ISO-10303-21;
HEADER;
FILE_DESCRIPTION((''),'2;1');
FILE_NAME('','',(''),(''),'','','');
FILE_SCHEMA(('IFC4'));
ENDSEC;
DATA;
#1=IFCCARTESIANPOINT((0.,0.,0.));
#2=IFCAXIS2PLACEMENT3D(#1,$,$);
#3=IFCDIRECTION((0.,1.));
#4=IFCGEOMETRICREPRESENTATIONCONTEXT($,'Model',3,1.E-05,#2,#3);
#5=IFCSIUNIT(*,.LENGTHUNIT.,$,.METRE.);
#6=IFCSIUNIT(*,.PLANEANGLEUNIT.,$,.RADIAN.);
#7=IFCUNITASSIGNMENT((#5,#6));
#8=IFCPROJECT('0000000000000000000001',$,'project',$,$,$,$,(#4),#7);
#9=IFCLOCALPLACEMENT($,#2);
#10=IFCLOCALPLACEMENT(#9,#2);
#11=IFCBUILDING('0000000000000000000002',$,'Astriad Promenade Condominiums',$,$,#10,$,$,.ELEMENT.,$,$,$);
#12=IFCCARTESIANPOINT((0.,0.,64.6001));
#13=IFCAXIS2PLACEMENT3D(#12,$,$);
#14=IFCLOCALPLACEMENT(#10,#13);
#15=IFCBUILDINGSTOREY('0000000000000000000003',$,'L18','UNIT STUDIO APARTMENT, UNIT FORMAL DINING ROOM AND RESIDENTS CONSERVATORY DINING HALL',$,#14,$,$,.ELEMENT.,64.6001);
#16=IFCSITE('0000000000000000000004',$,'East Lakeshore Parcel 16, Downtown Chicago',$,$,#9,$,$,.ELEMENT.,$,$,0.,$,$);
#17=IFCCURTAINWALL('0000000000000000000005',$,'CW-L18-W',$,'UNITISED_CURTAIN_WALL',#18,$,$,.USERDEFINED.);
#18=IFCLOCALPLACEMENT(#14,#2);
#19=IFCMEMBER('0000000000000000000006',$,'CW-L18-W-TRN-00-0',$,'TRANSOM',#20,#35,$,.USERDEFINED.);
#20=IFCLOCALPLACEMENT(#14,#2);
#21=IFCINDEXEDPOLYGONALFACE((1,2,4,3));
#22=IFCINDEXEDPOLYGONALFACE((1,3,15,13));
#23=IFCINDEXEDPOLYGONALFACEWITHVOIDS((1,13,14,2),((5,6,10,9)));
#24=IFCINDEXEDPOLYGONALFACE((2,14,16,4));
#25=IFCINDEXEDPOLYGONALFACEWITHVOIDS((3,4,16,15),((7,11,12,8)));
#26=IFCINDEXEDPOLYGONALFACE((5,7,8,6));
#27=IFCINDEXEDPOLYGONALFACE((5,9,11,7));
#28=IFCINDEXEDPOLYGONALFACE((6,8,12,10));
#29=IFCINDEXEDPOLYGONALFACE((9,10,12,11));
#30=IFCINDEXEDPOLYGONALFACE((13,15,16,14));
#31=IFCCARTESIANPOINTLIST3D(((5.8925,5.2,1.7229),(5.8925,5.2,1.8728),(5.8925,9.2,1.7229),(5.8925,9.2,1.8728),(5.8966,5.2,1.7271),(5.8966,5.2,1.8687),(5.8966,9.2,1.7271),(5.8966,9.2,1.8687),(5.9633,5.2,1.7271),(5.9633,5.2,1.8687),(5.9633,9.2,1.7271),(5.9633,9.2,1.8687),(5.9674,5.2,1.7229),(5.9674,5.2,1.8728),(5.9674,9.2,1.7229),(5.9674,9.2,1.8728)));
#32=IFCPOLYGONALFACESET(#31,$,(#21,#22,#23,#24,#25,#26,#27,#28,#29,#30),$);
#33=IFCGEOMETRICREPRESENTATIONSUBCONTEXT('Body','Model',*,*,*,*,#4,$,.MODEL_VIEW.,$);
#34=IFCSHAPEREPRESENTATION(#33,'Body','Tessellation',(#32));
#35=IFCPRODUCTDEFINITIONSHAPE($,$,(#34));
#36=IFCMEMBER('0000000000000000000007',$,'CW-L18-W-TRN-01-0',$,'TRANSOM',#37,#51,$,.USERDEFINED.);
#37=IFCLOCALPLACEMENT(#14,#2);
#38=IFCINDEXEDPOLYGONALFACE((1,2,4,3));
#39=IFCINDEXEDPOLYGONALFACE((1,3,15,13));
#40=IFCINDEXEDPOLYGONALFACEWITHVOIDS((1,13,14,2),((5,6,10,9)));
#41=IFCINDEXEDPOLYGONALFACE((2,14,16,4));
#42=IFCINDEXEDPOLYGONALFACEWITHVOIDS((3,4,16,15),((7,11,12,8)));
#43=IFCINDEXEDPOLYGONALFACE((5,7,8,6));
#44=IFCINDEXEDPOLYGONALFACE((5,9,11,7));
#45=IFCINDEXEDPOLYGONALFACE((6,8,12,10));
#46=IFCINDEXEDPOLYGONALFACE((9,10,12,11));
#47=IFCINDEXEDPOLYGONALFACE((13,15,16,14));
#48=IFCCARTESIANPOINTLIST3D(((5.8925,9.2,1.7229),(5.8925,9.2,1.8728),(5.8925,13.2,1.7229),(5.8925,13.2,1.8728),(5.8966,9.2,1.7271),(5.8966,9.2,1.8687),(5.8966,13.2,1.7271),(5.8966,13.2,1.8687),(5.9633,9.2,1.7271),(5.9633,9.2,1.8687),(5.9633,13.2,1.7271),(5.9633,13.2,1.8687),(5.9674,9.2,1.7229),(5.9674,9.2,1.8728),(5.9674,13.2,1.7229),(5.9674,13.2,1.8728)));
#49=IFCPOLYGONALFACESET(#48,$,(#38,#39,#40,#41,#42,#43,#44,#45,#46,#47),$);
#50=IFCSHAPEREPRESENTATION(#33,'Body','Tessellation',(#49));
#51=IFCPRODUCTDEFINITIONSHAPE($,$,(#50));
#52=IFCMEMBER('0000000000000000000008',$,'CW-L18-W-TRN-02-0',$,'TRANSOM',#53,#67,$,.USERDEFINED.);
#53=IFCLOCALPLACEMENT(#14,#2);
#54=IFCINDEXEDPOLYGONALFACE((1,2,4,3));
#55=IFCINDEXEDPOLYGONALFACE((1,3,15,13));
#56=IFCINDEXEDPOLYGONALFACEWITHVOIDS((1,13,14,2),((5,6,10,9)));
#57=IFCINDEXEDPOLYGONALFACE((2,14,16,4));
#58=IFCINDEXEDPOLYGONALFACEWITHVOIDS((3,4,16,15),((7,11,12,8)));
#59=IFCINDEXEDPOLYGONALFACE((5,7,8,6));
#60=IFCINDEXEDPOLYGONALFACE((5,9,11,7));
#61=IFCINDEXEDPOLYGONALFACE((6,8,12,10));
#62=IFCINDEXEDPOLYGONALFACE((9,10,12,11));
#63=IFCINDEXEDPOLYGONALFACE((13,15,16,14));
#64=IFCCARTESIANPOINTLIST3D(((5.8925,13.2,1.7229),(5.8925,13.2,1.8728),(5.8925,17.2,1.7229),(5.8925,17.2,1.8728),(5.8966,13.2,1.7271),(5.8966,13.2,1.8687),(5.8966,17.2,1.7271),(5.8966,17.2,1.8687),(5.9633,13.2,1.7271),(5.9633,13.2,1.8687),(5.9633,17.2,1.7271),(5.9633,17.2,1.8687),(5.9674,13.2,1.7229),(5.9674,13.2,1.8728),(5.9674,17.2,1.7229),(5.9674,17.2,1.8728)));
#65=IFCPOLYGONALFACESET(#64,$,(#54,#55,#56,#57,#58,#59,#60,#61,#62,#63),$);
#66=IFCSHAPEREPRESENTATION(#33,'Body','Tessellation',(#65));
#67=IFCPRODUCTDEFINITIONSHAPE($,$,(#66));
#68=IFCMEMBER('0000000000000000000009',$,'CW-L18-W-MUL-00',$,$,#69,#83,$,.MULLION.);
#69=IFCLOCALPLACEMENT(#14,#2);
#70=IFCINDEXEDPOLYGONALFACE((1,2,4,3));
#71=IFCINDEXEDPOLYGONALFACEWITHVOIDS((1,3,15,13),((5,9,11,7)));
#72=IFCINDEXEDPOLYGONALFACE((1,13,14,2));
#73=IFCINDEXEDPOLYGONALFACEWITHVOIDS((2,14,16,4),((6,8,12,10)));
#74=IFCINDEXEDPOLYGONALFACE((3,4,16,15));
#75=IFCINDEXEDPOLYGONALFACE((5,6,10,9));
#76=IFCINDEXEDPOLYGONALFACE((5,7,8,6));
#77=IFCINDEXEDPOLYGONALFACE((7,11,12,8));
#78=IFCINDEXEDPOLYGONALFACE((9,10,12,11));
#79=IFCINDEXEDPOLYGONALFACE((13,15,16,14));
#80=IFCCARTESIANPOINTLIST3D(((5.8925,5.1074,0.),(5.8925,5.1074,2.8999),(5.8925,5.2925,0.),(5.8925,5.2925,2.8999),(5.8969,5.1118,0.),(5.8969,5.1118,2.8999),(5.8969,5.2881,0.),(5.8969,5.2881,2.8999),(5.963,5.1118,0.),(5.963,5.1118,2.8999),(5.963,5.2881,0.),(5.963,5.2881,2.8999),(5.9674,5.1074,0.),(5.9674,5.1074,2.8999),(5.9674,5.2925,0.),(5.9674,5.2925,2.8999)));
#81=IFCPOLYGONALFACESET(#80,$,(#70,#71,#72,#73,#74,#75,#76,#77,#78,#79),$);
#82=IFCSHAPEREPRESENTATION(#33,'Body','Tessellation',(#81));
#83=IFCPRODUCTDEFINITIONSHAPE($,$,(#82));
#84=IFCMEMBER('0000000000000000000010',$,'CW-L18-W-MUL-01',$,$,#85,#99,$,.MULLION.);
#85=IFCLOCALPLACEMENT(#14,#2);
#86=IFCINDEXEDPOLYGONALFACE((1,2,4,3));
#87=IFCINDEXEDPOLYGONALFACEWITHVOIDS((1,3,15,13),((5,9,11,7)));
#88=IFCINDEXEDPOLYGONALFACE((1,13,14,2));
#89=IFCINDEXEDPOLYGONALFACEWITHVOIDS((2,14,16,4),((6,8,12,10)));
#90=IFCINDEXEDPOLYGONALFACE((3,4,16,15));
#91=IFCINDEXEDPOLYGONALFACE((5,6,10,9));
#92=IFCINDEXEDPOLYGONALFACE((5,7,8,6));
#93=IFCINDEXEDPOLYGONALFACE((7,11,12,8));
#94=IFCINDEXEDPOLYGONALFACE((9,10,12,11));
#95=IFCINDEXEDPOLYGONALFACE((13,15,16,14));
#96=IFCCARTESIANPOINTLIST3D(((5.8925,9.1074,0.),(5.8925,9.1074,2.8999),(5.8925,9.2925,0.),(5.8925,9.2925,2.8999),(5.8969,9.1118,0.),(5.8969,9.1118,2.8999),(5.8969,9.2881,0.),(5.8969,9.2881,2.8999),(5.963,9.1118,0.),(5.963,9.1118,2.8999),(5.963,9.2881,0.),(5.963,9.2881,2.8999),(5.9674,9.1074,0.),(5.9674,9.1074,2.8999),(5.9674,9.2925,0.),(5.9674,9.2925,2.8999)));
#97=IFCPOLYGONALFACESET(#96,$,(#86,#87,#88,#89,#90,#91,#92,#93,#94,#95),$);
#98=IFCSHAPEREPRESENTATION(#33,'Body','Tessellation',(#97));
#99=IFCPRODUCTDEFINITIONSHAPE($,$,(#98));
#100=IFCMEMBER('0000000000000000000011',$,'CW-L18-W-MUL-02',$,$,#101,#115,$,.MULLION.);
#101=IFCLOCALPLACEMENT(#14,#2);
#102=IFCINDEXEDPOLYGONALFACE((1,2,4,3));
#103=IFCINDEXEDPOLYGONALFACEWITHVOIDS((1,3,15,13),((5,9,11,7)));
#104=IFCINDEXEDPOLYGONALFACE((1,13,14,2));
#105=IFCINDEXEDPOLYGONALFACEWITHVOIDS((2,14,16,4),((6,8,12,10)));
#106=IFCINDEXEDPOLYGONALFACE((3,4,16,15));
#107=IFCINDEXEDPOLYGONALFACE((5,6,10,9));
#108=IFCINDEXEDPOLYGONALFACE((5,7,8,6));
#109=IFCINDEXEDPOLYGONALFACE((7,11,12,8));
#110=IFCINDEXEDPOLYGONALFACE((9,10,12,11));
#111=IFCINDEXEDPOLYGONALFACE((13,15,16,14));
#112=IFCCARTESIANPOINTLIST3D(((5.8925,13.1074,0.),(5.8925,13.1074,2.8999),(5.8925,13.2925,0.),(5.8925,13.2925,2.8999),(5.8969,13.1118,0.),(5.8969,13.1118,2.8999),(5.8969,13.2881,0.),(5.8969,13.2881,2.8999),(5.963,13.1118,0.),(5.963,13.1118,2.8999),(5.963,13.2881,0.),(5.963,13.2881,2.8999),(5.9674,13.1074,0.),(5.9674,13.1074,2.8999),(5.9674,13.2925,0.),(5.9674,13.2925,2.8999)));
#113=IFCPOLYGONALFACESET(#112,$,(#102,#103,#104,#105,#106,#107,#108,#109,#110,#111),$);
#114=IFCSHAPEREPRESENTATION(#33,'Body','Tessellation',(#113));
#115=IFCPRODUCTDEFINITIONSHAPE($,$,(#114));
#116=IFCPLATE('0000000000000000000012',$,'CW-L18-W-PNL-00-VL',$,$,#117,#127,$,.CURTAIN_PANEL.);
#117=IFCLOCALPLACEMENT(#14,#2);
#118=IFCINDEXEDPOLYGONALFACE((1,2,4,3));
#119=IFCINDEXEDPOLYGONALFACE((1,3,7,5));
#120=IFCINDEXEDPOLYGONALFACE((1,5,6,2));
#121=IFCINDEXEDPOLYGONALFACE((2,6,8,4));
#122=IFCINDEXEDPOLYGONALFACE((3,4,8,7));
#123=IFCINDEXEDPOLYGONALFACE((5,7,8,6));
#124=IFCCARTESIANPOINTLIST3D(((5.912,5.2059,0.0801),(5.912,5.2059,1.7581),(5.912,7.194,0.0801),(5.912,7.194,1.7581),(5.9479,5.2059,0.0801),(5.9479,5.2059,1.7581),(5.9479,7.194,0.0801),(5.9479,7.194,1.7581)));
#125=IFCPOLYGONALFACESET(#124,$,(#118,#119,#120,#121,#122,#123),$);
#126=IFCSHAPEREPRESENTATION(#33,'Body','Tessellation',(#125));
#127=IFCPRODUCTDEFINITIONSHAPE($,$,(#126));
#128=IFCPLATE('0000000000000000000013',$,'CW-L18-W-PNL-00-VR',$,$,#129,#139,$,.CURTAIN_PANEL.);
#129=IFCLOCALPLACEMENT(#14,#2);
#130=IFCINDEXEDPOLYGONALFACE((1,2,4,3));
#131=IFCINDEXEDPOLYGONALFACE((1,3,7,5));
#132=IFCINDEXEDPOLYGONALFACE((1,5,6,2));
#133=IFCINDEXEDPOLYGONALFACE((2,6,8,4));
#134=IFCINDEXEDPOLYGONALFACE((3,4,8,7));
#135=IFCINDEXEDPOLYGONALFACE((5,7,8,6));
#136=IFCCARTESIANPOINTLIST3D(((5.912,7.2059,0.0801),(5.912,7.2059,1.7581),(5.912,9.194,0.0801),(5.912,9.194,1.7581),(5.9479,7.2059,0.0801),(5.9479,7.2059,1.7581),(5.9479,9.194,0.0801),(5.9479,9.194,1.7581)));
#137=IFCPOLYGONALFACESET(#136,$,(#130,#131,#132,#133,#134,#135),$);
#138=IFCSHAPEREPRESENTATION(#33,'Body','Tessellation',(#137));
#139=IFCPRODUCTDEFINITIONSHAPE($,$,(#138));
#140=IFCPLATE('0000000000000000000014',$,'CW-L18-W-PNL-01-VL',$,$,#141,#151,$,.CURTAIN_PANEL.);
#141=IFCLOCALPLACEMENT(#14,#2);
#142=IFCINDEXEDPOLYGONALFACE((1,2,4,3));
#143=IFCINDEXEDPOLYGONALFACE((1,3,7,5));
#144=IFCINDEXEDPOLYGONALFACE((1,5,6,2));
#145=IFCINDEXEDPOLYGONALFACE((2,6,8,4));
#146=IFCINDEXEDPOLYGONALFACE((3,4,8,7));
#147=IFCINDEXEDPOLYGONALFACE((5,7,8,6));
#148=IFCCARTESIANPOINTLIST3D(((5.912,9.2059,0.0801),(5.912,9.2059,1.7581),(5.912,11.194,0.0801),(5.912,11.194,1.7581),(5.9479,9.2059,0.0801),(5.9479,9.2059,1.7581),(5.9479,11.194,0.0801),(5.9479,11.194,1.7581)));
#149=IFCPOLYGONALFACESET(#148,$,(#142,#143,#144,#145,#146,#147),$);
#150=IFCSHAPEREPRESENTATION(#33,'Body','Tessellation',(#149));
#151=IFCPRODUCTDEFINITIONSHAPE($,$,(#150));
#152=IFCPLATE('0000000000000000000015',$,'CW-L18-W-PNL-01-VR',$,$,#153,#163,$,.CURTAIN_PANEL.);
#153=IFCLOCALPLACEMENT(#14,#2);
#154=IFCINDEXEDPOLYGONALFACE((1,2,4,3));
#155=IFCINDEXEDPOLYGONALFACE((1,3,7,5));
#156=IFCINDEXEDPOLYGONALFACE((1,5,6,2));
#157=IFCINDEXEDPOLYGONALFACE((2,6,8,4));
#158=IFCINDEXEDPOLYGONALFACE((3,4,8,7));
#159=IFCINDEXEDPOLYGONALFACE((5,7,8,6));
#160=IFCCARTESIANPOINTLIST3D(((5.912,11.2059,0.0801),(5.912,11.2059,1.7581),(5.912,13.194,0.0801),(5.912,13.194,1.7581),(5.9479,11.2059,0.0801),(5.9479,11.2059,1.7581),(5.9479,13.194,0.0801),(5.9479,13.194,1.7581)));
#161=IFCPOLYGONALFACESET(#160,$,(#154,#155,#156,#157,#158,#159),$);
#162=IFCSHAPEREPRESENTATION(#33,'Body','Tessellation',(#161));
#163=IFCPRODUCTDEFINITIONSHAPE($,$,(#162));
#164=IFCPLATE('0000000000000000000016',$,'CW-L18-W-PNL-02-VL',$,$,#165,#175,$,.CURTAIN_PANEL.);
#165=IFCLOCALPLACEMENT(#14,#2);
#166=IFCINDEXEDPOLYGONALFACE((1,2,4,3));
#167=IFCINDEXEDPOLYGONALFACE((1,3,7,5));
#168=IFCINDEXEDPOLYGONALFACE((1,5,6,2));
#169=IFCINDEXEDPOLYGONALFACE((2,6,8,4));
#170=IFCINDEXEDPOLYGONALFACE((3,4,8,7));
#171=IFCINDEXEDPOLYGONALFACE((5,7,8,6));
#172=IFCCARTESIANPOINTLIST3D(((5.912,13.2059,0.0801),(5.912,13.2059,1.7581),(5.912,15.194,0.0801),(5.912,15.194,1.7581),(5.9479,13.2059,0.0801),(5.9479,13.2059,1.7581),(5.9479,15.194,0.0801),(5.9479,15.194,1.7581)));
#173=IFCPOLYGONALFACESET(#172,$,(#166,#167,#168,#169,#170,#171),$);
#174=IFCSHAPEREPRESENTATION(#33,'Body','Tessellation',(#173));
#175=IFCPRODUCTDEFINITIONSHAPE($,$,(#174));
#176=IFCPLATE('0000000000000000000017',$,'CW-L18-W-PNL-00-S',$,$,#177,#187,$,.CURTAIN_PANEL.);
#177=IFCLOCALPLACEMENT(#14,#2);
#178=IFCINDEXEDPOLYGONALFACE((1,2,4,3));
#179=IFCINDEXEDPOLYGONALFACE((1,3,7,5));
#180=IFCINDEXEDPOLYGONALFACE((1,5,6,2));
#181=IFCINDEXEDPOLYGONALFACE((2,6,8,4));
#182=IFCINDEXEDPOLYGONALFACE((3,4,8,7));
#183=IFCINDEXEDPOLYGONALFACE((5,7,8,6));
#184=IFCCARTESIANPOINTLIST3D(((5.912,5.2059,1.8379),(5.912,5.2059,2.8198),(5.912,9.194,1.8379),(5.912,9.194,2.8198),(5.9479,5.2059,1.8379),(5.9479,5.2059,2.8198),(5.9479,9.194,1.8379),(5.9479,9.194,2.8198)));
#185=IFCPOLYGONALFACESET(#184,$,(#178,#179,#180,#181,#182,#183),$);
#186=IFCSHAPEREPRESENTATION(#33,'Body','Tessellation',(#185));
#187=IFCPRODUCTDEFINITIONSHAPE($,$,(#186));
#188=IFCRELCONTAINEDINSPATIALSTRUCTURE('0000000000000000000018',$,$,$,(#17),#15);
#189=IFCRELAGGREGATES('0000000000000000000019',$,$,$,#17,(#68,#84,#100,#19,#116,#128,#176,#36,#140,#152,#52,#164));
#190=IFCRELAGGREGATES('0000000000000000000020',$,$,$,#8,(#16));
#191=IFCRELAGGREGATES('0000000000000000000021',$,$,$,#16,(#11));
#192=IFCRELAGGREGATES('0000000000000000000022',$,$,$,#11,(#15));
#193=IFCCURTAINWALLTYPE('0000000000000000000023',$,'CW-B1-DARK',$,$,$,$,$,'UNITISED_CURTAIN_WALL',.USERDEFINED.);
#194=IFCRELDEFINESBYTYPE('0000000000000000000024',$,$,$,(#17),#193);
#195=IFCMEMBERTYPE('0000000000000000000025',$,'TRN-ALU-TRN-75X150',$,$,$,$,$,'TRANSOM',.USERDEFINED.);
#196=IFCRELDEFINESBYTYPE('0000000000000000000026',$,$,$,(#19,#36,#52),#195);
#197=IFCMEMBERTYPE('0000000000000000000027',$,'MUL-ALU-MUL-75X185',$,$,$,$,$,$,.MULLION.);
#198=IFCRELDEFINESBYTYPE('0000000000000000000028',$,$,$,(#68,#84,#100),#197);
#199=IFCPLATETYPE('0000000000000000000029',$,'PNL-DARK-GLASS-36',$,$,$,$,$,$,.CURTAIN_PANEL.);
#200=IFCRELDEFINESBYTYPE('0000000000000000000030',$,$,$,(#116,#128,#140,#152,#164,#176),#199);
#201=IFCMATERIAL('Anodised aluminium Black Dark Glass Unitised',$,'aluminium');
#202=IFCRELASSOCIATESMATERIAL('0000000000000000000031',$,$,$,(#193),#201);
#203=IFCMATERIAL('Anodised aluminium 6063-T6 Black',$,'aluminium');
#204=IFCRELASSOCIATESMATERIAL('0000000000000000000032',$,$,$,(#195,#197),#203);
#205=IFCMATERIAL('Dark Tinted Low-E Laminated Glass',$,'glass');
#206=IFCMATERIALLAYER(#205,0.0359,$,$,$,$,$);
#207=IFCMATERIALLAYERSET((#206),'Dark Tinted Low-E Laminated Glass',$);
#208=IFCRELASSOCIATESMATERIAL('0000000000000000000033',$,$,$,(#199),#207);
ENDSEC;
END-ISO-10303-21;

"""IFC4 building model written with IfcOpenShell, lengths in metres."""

from ifc_helpers import new_model, si_unit, direction, frame, origin, origin_2d, place, context, subcontext, project, spatial, rectangle, hollow_rectangle, extrude, source, transform, mapped, material, layer, layer_set, material_profile, profile_set, type_object, type_shapes, element, aggregate, save


model = new_model("IFC4")

# Units and contexts
model_context = context("Model", 3, precision=1e-05, world=origin(), true_north=direction((0.0, 1.0)))
body_context = subcontext(model_context, "Body", "Model", "MODEL_VIEW")
ifc_project = project(units=[si_unit("LENGTHUNIT", "METRE"), si_unit("PLANEANGLEUNIT", "RADIAN")], contexts=[model_context])

# Site, building, storey
site_placement = place(None, origin())
site = spatial("IfcSite", under=ifc_project, at=site_placement, Name="East Lakeshore Parcel 16, Downtown Chicago", CompositionType="ELEMENT", RefElevation=0.0)
building_placement = place(site_placement, origin())
building = spatial("IfcBuilding", under=site, at=building_placement, Name="Astriad Promenade Condominiums", CompositionType="ELEMENT")
storey_placement = place(building_placement, frame((0.0, 0.0, 64.6001)))
storey = spatial("IfcBuildingStorey", under=building, at=storey_placement, Name="L18", Description="UNIT STUDIO APARTMENT, UNIT FORMAL DINING ROOM AND RESIDENTS CONSERVATORY DINING HALL", CompositionType="ELEMENT", Elevation=64.6001)

# Curtain wall, members, plates
ifc_material_1 = material(Name="Anodised aluminium Black Dark Glass Unitised", Category="aluminium")
curtain_wall_type = type_object("IfcCurtainWallType", Name="CW-B1-DARK", ElementType="UNITISED_CURTAIN_WALL", PredefinedType="USERDEFINED", material=ifc_material_1)
curtain_wall_placement = place(storey_placement, origin())
curtain_wall = element("IfcCurtainWall", 1, at=curtain_wall_placement, inside=storey, type_object=curtain_wall_type, Name="CW-L18-W", ObjectType="UNITISED_CURTAIN_WALL", PredefinedType="USERDEFINED")
ifc_material_2 = material(Name="Anodised aluminium 6063-T6 Black", Category="aluminium")
ifc_material_profile_1 = material_profile(ifc_material_2, hollow_rectangle(XDim=0.075, YDim=0.1499, WallThickness=0.0042, at=origin_2d()), Name="ALU-TRN-75X150")
ifc_profile_set_1 = profile_set([ifc_material_profile_1], Name="Anodised aluminium 6063-T6 Black")
member_type_1 = type_object("IfcMemberType", Name="TRN-ALU-TRN-75X150", ElementType="TRANSOM", PredefinedType="USERDEFINED", material=ifc_profile_set_1)
shared_shape_1 = source(origin(), body_context, "Body", "SweptSolid", [
    extrude(hollow_rectangle(XDim=0.075, YDim=0.1499, WallThickness=0.0042, at=origin_2d()), origin(), (0.0, 0.0, 1.0), 4.0),
])
type_shapes(member_type_1, [shared_shape_1])
member_1_placement = place(storey_placement, frame((5.9299, 5.2, 1.7979), z_axis=(0.0, 1.0, 0.0), x_axis=(-1.0, 0.0, 0.0)))
member_1 = element("IfcMember", 2, at=member_1_placement, type_object=member_type_1, Name="CW-L18-W-TRN-00-0", ObjectType="TRANSOM", PredefinedType="USERDEFINED", context=body_context, shape_type="MappedRepresentation", body=[
    mapped(shared_shape_1, transform((0.0, 0.0, 0.0), scale=1.0)),
])
member_2_placement = place(storey_placement, frame((5.9299, 9.2, 1.7979), z_axis=(0.0, 1.0, 0.0), x_axis=(-1.0, 0.0, 0.0)))
member_2 = element("IfcMember", 3, at=member_2_placement, type_object=member_type_1, Name="CW-L18-W-TRN-01-0", ObjectType="TRANSOM", PredefinedType="USERDEFINED", context=body_context, shape_type="MappedRepresentation", body=[
    mapped(shared_shape_1, transform((0.0, 0.0, 0.0), scale=1.0)),
])
member_3_placement = place(storey_placement, frame((5.9299, 13.2, 1.7979), z_axis=(0.0, 1.0, 0.0), x_axis=(-1.0, 0.0, 0.0)))
member_3 = element("IfcMember", 4, at=member_3_placement, type_object=member_type_1, Name="CW-L18-W-TRN-02-0", ObjectType="TRANSOM", PredefinedType="USERDEFINED", context=body_context, shape_type="MappedRepresentation", body=[
    mapped(shared_shape_1, transform((0.0, 0.0, 0.0), scale=1.0)),
])
ifc_material_profile_2 = material_profile(ifc_material_2, hollow_rectangle(XDim=0.075, YDim=0.1851, WallThickness=0.0044, at=origin_2d()), Name="ALU-MUL-75X185")
ifc_profile_set_2 = profile_set([ifc_material_profile_2], Name="Anodised aluminium 6063-T6 Black")
member_type_2 = type_object("IfcMemberType", Name="MUL-ALU-MUL-75X185", PredefinedType="MULLION", material=ifc_profile_set_2)
shared_shape_2 = source(origin(), body_context, "Body", "SweptSolid", [
    extrude(hollow_rectangle(XDim=0.075, YDim=0.1851, WallThickness=0.0044, at=origin_2d()), origin(), (0.0, 0.0, 1.0), 2.8999),
])
type_shapes(member_type_2, [shared_shape_2])
member_4_placement = place(storey_placement, frame((5.9299, 5.2, 0.0), z_axis=(0.0, 0.0, 1.0), x_axis=(1.0, 0.0, 0.0)))
member_4 = element("IfcMember", 5, at=member_4_placement, type_object=member_type_2, Name="CW-L18-W-MUL-00", PredefinedType="MULLION", context=body_context, shape_type="MappedRepresentation", body=[
    mapped(shared_shape_2, transform((0.0, 0.0, 0.0), scale=1.0)),
])
member_5_placement = place(storey_placement, frame((5.9299, 9.2, 0.0), z_axis=(0.0, 0.0, 1.0), x_axis=(1.0, 0.0, 0.0)))
member_5 = element("IfcMember", 6, at=member_5_placement, type_object=member_type_2, Name="CW-L18-W-MUL-01", PredefinedType="MULLION", context=body_context, shape_type="MappedRepresentation", body=[
    mapped(shared_shape_2, transform((0.0, 0.0, 0.0), scale=1.0)),
])
member_6_placement = place(storey_placement, frame((5.9299, 13.2, 0.0), z_axis=(0.0, 0.0, 1.0), x_axis=(1.0, 0.0, 0.0)))
member_6 = element("IfcMember", 7, at=member_6_placement, type_object=member_type_2, Name="CW-L18-W-MUL-02", PredefinedType="MULLION", context=body_context, shape_type="MappedRepresentation", body=[
    mapped(shared_shape_2, transform((0.0, 0.0, 0.0), scale=1.0)),
])
ifc_material_3 = material(Name="Dark Tinted Low-E Laminated Glass", Category="glass")
ifc_layer_1 = layer(ifc_material_3, 0.0359)
ifc_layer_set_1 = layer_set([ifc_layer_1], Name="Dark Tinted Low-E Laminated Glass")
plate_type = type_object("IfcPlateType", Name="PNL-DARK-GLASS-36", PredefinedType="CURTAIN_PANEL", material=ifc_layer_set_1)
shared_shape_3 = source(origin(), body_context, "Body", "SweptSolid", [
    extrude(rectangle(XDim=1.988, YDim=0.0359, at=origin_2d()), origin(), (0.0, 0.0, 1.0), 1.678),
])
plate_1_placement = place(storey_placement, frame((5.9299, 6.2, 0.0801), z_axis=(0.0, 0.0, 1.0), x_axis=(0.0, 1.0, 0.0)))
plate_1 = element("IfcPlate", 8, at=plate_1_placement, type_object=plate_type, Name="CW-L18-W-PNL-00-VL", PredefinedType="CURTAIN_PANEL", context=body_context, shape_type="MappedRepresentation", body=[
    mapped(shared_shape_3, transform((0.0, 0.0, 0.0), scale=1.0)),
])
plate_2_placement = place(storey_placement, frame((5.9299, 8.2, 0.0801), z_axis=(0.0, 0.0, 1.0), x_axis=(0.0, 1.0, 0.0)))
plate_2 = element("IfcPlate", 9, at=plate_2_placement, type_object=plate_type, Name="CW-L18-W-PNL-00-VR", PredefinedType="CURTAIN_PANEL", context=body_context, shape_type="MappedRepresentation", body=[
    mapped(shared_shape_3, transform((0.0, 0.0, 0.0), scale=1.0)),
])
plate_3_placement = place(storey_placement, frame((5.9299, 10.2, 0.0801), z_axis=(0.0, 0.0, 1.0), x_axis=(0.0, 1.0, 0.0)))
plate_3 = element("IfcPlate", 10, at=plate_3_placement, type_object=plate_type, Name="CW-L18-W-PNL-01-VL", PredefinedType="CURTAIN_PANEL", context=body_context, shape_type="MappedRepresentation", body=[
    mapped(shared_shape_3, transform((0.0, 0.0, 0.0), scale=1.0)),
])
plate_4_placement = place(storey_placement, frame((5.9299, 12.2, 0.0801), z_axis=(0.0, 0.0, 1.0), x_axis=(0.0, 1.0, 0.0)))
plate_4 = element("IfcPlate", 11, at=plate_4_placement, type_object=plate_type, Name="CW-L18-W-PNL-01-VR", PredefinedType="CURTAIN_PANEL", context=body_context, shape_type="MappedRepresentation", body=[
    mapped(shared_shape_3, transform((0.0, 0.0, 0.0), scale=1.0)),
])
plate_5_placement = place(storey_placement, frame((5.9299, 14.2, 0.0801), z_axis=(0.0, 0.0, 1.0), x_axis=(0.0, 1.0, 0.0)))
plate_5 = element("IfcPlate", 12, at=plate_5_placement, type_object=plate_type, Name="CW-L18-W-PNL-02-VL", PredefinedType="CURTAIN_PANEL", context=body_context, shape_type="MappedRepresentation", body=[
    mapped(shared_shape_3, transform((0.0, 0.0, 0.0), scale=1.0)),
])
shared_shape_4 = source(origin(), body_context, "Body", "SweptSolid", [
    extrude(rectangle(XDim=3.988, YDim=0.0359, at=origin_2d()), origin(), (0.0, 0.0, 1.0), 0.9819),
])
type_shapes(plate_type, [shared_shape_3, shared_shape_4])
plate_6_placement = place(storey_placement, frame((5.9299, 7.2, 1.8379), z_axis=(0.0, 0.0, 1.0), x_axis=(0.0, 1.0, 0.0)))
plate_6 = element("IfcPlate", 13, at=plate_6_placement, type_object=plate_type, Name="CW-L18-W-PNL-00-S", PredefinedType="CURTAIN_PANEL", context=body_context, shape_type="MappedRepresentation", body=[
    mapped(shared_shape_4, transform((0.0, 0.0, 0.0), scale=1.0)),
])
aggregate(curtain_wall, [member_4, member_5, member_6, member_1, plate_1, plate_2, plate_6, member_2, plate_3, plate_4, member_3, plate_5])

save(model, "model.ifc")
